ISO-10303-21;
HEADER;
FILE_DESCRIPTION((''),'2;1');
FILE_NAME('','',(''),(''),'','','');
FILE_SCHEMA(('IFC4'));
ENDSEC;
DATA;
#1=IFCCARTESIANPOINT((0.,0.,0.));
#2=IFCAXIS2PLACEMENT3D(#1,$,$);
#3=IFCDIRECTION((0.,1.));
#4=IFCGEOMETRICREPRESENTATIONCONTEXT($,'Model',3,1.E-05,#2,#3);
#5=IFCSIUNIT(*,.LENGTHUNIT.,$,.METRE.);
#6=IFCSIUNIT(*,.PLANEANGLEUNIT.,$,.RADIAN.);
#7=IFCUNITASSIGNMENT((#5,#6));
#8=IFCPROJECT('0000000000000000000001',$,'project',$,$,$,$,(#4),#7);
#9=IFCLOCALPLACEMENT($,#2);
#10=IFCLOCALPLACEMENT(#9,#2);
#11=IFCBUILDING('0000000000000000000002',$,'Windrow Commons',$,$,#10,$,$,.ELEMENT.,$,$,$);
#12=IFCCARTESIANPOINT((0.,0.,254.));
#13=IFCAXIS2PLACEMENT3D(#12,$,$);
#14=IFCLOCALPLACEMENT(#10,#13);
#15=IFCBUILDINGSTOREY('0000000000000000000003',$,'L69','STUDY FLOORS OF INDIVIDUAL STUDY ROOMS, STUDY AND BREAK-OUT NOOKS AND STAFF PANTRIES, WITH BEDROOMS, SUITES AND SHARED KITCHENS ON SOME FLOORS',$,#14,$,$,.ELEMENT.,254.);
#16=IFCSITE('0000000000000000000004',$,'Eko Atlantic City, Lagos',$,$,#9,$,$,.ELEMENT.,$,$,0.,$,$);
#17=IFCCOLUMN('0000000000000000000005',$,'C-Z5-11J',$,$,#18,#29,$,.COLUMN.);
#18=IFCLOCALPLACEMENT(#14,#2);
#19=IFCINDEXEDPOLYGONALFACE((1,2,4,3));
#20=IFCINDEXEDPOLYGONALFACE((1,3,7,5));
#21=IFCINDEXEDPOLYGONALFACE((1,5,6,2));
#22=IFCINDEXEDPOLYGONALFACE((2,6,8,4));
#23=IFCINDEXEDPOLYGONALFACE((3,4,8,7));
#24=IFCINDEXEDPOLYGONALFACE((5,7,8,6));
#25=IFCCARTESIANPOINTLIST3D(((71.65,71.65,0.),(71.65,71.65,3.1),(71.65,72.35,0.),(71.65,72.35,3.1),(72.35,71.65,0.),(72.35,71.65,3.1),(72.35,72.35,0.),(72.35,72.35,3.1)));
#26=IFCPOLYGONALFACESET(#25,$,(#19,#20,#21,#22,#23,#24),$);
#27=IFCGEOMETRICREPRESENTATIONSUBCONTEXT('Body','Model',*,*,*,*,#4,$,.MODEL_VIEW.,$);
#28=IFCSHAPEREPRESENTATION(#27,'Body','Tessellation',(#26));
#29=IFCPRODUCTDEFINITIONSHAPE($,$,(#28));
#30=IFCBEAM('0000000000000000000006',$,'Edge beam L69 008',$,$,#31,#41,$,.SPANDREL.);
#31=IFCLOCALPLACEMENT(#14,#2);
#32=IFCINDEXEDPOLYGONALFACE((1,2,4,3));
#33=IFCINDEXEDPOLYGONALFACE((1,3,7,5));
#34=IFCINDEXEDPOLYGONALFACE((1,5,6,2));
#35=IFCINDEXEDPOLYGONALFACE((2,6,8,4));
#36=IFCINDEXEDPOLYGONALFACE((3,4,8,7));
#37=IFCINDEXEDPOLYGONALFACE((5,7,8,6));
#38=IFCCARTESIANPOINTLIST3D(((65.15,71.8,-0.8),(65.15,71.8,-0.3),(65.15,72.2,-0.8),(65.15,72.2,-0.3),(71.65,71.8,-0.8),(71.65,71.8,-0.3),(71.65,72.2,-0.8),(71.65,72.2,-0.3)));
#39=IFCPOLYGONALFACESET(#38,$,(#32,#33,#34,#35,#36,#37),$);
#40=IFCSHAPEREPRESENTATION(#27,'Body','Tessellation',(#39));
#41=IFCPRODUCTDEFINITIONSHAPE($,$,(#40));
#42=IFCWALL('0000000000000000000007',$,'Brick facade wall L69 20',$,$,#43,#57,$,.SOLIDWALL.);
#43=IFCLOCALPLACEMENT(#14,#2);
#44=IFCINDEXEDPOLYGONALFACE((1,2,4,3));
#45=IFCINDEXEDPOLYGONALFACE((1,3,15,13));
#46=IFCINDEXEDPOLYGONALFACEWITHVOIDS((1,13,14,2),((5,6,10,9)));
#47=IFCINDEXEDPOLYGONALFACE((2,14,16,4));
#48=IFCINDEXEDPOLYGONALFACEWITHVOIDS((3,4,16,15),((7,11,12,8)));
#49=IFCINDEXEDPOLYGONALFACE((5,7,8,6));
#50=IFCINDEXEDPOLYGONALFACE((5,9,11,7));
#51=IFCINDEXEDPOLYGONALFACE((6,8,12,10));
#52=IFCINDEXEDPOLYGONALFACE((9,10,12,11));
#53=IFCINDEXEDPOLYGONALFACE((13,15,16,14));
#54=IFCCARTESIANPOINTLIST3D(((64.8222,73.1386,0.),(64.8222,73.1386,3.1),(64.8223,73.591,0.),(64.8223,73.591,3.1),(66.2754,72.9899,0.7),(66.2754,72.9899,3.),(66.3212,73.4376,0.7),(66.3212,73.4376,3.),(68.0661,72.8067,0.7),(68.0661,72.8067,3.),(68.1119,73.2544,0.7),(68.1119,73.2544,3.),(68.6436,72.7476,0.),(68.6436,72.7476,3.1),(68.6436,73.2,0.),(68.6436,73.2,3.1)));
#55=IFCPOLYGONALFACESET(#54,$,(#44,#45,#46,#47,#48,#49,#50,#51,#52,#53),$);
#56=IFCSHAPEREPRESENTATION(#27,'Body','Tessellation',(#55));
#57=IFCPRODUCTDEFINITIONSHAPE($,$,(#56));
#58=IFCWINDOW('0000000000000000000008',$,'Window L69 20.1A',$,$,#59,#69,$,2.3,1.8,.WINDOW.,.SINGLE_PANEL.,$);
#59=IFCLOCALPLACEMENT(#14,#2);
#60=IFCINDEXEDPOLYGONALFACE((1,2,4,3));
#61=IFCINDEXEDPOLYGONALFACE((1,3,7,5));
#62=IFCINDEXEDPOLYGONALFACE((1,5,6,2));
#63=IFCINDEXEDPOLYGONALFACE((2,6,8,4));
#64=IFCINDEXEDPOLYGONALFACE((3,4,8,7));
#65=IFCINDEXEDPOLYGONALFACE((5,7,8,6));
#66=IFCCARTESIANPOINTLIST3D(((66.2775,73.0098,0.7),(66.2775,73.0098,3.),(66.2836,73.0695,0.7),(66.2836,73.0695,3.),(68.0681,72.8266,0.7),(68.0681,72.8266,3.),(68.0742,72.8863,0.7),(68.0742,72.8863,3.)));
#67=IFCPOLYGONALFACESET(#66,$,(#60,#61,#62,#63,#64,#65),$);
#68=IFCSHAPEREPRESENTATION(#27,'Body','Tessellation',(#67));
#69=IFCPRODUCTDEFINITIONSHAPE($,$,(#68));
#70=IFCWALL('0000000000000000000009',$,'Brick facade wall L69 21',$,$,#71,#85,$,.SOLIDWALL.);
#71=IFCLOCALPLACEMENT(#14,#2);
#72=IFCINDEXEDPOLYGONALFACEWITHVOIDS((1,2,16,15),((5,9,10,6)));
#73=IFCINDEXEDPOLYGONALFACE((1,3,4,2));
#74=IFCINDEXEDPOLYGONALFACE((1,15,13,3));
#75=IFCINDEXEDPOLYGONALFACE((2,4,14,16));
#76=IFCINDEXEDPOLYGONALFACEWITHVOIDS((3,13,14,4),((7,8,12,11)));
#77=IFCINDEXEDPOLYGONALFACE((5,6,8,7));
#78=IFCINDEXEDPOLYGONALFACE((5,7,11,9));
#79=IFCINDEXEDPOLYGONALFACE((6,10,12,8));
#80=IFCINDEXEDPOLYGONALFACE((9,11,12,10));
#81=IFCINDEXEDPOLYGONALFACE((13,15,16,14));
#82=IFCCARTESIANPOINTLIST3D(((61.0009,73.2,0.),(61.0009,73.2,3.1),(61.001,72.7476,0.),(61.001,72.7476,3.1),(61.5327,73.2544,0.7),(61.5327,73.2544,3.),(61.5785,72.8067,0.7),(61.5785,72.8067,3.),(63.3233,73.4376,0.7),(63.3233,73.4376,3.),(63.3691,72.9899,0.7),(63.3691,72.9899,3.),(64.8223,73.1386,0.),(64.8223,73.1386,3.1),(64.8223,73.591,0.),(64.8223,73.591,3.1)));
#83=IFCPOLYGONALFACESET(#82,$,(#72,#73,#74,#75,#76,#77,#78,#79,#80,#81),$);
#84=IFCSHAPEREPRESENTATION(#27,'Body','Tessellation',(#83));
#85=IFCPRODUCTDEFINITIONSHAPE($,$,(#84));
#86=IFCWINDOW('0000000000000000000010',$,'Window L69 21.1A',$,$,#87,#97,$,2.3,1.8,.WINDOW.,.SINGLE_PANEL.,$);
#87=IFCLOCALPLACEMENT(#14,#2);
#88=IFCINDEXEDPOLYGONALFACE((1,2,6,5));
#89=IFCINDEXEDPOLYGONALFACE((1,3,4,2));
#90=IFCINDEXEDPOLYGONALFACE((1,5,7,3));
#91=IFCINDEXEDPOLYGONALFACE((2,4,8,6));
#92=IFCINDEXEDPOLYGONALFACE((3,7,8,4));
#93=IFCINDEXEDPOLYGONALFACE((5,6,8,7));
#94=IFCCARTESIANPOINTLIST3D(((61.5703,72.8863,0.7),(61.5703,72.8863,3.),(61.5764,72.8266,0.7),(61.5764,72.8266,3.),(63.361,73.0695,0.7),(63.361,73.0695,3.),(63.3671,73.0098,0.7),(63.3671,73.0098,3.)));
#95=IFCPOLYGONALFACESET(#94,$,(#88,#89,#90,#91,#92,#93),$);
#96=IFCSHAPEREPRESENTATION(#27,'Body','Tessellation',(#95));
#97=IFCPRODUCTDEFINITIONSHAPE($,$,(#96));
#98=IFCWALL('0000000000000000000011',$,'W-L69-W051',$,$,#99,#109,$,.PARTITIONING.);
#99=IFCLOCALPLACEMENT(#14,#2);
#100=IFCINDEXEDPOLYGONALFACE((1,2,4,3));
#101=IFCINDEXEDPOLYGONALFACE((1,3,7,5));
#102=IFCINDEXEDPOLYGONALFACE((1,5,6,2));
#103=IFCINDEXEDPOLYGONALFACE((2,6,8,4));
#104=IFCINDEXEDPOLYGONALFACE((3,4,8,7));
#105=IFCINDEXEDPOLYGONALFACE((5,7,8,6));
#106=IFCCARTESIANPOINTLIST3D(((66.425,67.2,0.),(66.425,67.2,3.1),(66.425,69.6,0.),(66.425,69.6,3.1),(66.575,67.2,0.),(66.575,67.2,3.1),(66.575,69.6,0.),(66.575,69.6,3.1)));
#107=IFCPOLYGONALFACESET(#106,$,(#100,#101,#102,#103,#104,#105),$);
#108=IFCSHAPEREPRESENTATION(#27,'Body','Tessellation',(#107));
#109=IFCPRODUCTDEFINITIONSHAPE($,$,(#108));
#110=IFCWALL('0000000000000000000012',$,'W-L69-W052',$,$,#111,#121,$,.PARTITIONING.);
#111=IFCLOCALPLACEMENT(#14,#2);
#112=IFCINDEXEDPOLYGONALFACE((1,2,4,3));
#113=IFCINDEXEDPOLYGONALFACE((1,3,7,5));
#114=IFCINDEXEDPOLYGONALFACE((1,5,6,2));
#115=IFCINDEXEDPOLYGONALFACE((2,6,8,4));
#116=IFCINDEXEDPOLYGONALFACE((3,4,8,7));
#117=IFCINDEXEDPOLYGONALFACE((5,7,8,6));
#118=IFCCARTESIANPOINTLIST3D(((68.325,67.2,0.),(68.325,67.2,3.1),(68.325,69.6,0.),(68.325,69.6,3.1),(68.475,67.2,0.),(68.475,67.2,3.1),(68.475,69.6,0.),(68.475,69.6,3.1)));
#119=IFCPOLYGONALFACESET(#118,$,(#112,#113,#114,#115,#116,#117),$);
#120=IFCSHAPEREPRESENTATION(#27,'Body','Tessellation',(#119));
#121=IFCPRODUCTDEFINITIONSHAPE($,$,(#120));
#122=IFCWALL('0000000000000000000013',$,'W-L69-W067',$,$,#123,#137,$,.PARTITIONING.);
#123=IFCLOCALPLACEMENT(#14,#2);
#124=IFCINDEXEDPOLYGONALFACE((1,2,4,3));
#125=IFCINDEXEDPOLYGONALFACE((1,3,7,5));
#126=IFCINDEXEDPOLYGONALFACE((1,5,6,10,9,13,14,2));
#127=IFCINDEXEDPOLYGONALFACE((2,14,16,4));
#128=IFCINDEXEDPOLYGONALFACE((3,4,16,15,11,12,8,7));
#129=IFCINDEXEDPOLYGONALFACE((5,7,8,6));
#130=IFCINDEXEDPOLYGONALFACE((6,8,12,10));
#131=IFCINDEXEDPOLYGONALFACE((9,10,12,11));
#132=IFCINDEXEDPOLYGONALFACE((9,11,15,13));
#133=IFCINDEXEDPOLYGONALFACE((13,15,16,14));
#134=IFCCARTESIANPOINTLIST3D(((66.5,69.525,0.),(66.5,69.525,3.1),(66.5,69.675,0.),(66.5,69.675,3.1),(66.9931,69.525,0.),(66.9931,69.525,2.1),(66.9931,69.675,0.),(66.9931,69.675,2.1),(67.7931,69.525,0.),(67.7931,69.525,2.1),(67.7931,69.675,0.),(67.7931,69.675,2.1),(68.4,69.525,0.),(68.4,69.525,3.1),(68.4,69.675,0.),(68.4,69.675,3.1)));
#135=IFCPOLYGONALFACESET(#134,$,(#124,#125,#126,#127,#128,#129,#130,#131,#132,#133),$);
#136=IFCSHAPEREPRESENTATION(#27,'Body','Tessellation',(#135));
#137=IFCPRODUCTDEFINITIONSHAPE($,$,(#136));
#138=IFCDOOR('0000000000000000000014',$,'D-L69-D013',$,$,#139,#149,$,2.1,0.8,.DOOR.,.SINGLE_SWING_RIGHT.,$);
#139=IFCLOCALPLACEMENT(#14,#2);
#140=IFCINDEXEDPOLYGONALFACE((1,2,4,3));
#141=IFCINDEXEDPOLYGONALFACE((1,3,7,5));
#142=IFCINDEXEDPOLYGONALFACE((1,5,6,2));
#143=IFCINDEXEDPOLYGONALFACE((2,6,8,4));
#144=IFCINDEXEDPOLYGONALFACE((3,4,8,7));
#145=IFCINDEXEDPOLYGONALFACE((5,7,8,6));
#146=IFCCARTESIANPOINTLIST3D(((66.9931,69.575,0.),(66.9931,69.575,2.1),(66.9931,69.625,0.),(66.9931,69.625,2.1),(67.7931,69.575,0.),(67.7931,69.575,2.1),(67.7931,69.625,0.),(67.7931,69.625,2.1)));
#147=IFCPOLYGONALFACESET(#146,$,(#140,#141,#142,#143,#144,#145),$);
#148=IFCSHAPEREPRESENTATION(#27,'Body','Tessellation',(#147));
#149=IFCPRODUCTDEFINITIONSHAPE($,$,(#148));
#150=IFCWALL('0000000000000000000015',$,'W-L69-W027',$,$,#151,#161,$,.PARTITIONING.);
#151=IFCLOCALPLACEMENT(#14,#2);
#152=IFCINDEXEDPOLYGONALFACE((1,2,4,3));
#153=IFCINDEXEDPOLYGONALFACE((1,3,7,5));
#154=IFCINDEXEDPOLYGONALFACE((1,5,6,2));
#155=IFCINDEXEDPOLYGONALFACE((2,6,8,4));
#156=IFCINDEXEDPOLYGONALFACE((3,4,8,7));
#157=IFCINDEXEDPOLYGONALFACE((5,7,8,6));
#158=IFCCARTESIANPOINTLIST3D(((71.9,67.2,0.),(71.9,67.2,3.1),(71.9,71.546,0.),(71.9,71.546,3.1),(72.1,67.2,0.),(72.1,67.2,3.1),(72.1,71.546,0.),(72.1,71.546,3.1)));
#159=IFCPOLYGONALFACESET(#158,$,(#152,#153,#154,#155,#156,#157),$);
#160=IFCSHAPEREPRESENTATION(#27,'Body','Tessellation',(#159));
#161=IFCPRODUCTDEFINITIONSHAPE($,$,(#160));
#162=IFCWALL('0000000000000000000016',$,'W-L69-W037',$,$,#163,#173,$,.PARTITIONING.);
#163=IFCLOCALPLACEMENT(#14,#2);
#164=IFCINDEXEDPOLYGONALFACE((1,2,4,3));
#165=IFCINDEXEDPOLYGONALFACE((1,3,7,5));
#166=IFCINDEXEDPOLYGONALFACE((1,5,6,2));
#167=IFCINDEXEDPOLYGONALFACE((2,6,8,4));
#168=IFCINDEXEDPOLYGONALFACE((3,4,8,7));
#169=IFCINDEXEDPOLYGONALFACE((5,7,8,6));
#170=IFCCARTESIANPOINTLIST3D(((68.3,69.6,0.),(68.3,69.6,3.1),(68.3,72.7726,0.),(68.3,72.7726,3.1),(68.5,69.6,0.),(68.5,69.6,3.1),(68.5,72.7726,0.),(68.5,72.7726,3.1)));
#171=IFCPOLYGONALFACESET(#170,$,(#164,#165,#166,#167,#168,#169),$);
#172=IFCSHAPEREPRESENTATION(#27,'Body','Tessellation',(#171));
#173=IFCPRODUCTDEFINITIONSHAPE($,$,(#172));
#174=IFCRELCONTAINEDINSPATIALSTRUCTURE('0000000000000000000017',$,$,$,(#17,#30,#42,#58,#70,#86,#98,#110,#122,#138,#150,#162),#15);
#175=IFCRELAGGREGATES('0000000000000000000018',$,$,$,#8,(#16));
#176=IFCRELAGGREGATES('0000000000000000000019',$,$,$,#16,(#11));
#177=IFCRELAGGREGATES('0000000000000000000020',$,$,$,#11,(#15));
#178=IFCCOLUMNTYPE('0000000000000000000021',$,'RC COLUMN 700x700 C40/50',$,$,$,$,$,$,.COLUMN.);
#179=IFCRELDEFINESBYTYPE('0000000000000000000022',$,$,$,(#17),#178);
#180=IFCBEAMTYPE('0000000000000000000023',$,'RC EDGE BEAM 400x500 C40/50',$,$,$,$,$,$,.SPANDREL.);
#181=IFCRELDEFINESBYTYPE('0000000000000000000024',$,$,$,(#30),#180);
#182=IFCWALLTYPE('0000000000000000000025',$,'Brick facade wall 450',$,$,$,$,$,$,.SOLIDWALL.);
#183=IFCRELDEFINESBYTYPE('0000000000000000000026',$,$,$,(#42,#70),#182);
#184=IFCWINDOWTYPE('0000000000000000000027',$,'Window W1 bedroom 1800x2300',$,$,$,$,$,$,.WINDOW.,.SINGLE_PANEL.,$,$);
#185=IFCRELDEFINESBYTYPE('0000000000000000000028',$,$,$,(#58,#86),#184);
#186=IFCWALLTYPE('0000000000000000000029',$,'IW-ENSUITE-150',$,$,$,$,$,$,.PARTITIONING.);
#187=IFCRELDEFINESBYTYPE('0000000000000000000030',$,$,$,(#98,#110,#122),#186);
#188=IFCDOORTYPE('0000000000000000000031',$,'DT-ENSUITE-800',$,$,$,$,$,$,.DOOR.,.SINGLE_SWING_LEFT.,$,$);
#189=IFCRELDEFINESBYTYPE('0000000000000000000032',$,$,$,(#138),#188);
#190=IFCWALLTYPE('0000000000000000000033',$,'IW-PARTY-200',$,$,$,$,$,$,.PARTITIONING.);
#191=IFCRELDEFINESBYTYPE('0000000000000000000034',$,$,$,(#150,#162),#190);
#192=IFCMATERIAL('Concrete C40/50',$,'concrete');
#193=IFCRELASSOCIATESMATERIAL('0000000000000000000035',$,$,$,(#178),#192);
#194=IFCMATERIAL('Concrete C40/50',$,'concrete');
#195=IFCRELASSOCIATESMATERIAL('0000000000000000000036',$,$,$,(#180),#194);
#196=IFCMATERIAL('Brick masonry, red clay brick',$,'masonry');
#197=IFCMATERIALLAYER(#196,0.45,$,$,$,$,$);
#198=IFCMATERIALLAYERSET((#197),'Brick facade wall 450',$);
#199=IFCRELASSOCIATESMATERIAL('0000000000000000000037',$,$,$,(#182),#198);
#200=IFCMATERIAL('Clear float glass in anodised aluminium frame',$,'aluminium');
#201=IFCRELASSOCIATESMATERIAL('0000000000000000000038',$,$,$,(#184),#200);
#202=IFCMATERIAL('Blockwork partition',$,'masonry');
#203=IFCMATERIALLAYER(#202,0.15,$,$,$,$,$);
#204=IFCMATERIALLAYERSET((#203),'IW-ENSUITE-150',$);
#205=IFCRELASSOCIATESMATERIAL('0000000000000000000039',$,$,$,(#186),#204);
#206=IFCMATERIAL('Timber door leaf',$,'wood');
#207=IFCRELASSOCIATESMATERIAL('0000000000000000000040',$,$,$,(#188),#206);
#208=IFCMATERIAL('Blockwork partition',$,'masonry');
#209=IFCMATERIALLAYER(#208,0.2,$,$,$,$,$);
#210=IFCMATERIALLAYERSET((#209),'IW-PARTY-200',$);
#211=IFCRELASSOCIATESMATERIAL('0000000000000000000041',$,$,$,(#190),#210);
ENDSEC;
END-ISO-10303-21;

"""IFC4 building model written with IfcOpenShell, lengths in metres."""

from ifc_helpers import new_model, si_unit, direction, frame, frame_2d, origin, origin_2d, place, context, subcontext, project, spatial, polyline, rectangle, outline, extrude, material, layer, layer_set, material_profile, profile_set, type_object, element, fill, save


model = new_model("IFC4")

# Units and contexts
model_context = context("Model", 3, precision=1e-05, world=origin(), true_north=direction((0.0, 1.0)))
body_context = subcontext(model_context, "Body", "Model", "MODEL_VIEW")
ifc_project = project(units=[si_unit("LENGTHUNIT", "METRE"), si_unit("PLANEANGLEUNIT", "RADIAN")], contexts=[model_context])

# Site, building, storey
site_placement = place(None, origin())
site = spatial("IfcSite", under=ifc_project, at=site_placement, Name="Eko Atlantic City, Lagos", CompositionType="ELEMENT", RefElevation=0.0)
building_placement = place(site_placement, origin())
building = spatial("IfcBuilding", under=site, at=building_placement, Name="Windrow Commons", CompositionType="ELEMENT")
storey_placement = place(building_placement, frame((0.0, 0.0, 254.0)))
storey = spatial("IfcBuildingStorey", under=building, at=storey_placement, Name="L69", Description="STUDY FLOORS OF INDIVIDUAL STUDY ROOMS, STUDY AND BREAK-OUT NOOKS AND STAFF PANTRIES, WITH BEDROOMS, SUITES AND SHARED KITCHENS ON SOME FLOORS", CompositionType="ELEMENT", Elevation=254.0)

# Column
ifc_material_1 = material(Name="Concrete C40/50", Category="concrete")
ifc_material_profile_1 = material_profile(ifc_material_1, rectangle(XDim=0.7, YDim=0.7, at=origin_2d()))
ifc_profile_set_1 = profile_set([ifc_material_profile_1], Name="Concrete C40/50")
column_type = type_object("IfcColumnType", Name="RC COLUMN 700x700 C40/50", PredefinedType="COLUMN", material=ifc_profile_set_1)
column_placement = place(storey_placement, frame((72.0, 72.0, 0.0), z_axis=(0.0, 0.0, 1.0), x_axis=(1.0, 0.0, 0.0)))
element("IfcColumn", 1, at=column_placement, inside=storey, type_object=column_type, Name="C-Z5-11J", PredefinedType="COLUMN", context=body_context, shape_type="SweptSolid", body=[
    extrude(rectangle(XDim=0.7, YDim=0.7, at=origin_2d()), origin(), (0.0, 0.0, 1.0), 3.1),
])

# Beam
ifc_material_2 = material(Name="Concrete C40/50", Category="concrete")
ifc_material_profile_2 = material_profile(ifc_material_2, rectangle(XDim=0.4, YDim=0.5, at=origin_2d()))
ifc_profile_set_2 = profile_set([ifc_material_profile_2], Name="Concrete C40/50")
beam_type = type_object("IfcBeamType", Name="RC EDGE BEAM 400x500 C40/50", PredefinedType="SPANDREL", material=ifc_profile_set_2)
beam_placement = place(storey_placement, frame((65.15, 72.0, -0.55), z_axis=(1.0, 0.0, 0.0), x_axis=(0.0, 1.0, 0.0)))
element("IfcBeam", 2, at=beam_placement, inside=storey, type_object=beam_type, Name="Edge beam L69 008", PredefinedType="SPANDREL", context=body_context, shape_type="SweptSolid", body=[
    extrude(rectangle(XDim=0.4, YDim=0.5, at=origin_2d()), origin(), (0.0, 0.0, 1.0), 6.5),
])

# Walls, openings, windows
ifc_material_3 = material(Name="Brick masonry, red clay brick", Category="masonry")
ifc_layer_1 = layer(ifc_material_3, 0.45)
ifc_layer_set_1 = layer_set([ifc_layer_1], Name="Brick facade wall 450")
wall_type_1 = type_object("IfcWallType", Name="Brick facade wall 450", PredefinedType="SOLIDWALL", material=ifc_layer_set_1)
wall_1_placement = place(storey_placement, frame((68.6436, 72.9738, 0.0), z_axis=(0.0, 0.0, 1.0), x_axis=(-0.994806, 0.10179, 0.0)))
wall_1 = element("IfcWall", 3, at=wall_1_placement, inside=storey, type_object=wall_type_1, Name="Brick facade wall L69 20", PredefinedType="SOLIDWALL", context=body_context, shape_type="SweptSolid", body=[
    extrude(outline(polyline([(0.023, -0.225), (3.8643, -0.225), (3.8183, 0.225), (-0.023, 0.225), (0.023, -0.225)])), origin(), (0.0, 0.0, 1.0), 3.1),
])
opening_1_placement = place(wall_1_placement, frame((0.5575, 0.0, 0.7)))
opening_1 = element("IfcOpeningElement", 4, at=opening_1_placement, cuts=wall_1, PredefinedType="OPENING", context=body_context, shape_type="SweptSolid", body=[
    extrude(rectangle(XDim=1.8, YDim=2.3, at=frame_2d((0.9, 1.15))), frame((0.0, 0.235, 0.0), z_axis=(0.0, -1.0, 0.0), x_axis=(1.0, 0.0, 0.0)), (0.0, 0.0, 1.0), 0.47),
])
ifc_material_4 = material(Name="Clear float glass in anodised aluminium frame", Category="aluminium")
window_type = type_object("IfcWindowType", Name="Window W1 bedroom 1800x2300", PartitioningType="SINGLE_PANEL", PredefinedType="WINDOW", material=ifc_material_4)
window_1_placement = place(opening_1_placement, origin())
window_1 = element("IfcWindow", 5, at=window_1_placement, inside=storey, type_object=window_type, Name="Window L69 20.1A", OverallHeight=2.3, OverallWidth=1.8, PartitioningType="SINGLE_PANEL", PredefinedType="WINDOW", context=body_context, shape_type="SweptSolid", body=[
    extrude(rectangle(XDim=1.8, YDim=2.3, at=frame_2d((0.9, 1.15))), frame((0.0, 0.205, 0.0), z_axis=(0.0, -1.0, 0.0), x_axis=(1.0, 0.0, 0.0)), (0.0, 0.0, 1.0), 0.06),
])
fill(opening_1, window_1)
wall_2_placement = place(storey_placement, frame((64.8223, 73.3648, 0.0), z_axis=(0.0, 0.0, 1.0), x_axis=(-0.994806, -0.101787, 0.0)))
wall_2 = element("IfcWall", 6, at=wall_2_placement, inside=storey, type_object=wall_type_1, Name="Brick facade wall L69 21", PredefinedType="SOLIDWALL", context=body_context, shape_type="SweptSolid", body=[
    extrude(outline(polyline([(-0.023, -0.225), (3.8183, -0.225), (3.8643, 0.225), (0.023, 0.225), (-0.023, -0.225)])), origin(), (0.0, 0.0, 1.0), 3.1),
])
opening_2_placement = place(wall_2_placement, frame((1.4838, 0.0, 0.7)))
opening_2 = element("IfcOpeningElement", 7, at=opening_2_placement, cuts=wall_2, PredefinedType="OPENING", context=body_context, shape_type="SweptSolid", body=[
    extrude(rectangle(XDim=1.8, YDim=2.3, at=frame_2d((0.9, 1.15))), frame((0.0, 0.235, 0.0), z_axis=(0.0, -1.0, 0.0), x_axis=(1.0, 0.0, 0.0)), (0.0, 0.0, 1.0), 0.47),
])
window_2_placement = place(opening_2_placement, origin())
window_2 = element("IfcWindow", 8, at=window_2_placement, inside=storey, type_object=window_type, Name="Window L69 21.1A", OverallHeight=2.3, OverallWidth=1.8, PartitioningType="SINGLE_PANEL", PredefinedType="WINDOW", context=body_context, shape_type="SweptSolid", body=[
    extrude(rectangle(XDim=1.8, YDim=2.3, at=frame_2d((0.9, 1.15))), frame((0.0, 0.205, 0.0), z_axis=(0.0, -1.0, 0.0), x_axis=(1.0, 0.0, 0.0)), (0.0, 0.0, 1.0), 0.06),
])
fill(opening_2, window_2)

# Walls
ifc_material_5 = material(Name="Blockwork partition", Category="masonry")
ifc_layer_2 = layer(ifc_material_5, 0.15)
ifc_layer_set_2 = layer_set([ifc_layer_2], Name="IW-ENSUITE-150")
wall_type_2 = type_object("IfcWallType", Name="IW-ENSUITE-150", PredefinedType="PARTITIONING", material=ifc_layer_set_2)
for number, where, z_axis, x_axis, name in (
    (9, (66.5, 67.2, 0.0), (0.0, 0.0, 1.0), (0.0, 1.0, 0.0), "W-L69-W051"),
    (10, (68.4, 67.2, 0.0), (0.0, 0.0, 1.0), (0.0, 1.0, 0.0), "W-L69-W052"),
):
    element("IfcWall", number, at=place(storey_placement, frame(where, z_axis=z_axis, x_axis=x_axis)), inside=storey, type_object=wall_type_2, Name=name, PredefinedType="PARTITIONING", context=body_context, shape_type="SweptSolid", body=[
        extrude(rectangle(XDim=2.4, YDim=0.15, at=frame_2d((1.2, 0.0))), origin(), (0.0, 0.0, 1.0), 3.1),
    ])

# Wall, opening, door
wall_3_placement = place(storey_placement, frame((66.5, 69.6, 0.0), z_axis=(0.0, 0.0, 1.0), x_axis=(1.0, 0.0, 0.0)))
wall_3 = element("IfcWall", 11, at=wall_3_placement, inside=storey, type_object=wall_type_2, Name="W-L69-W067", PredefinedType="PARTITIONING", context=body_context, shape_type="SweptSolid", body=[
    extrude(rectangle(XDim=1.9, YDim=0.15, at=frame_2d((0.95, 0.0))), origin(), (0.0, 0.0, 1.0), 3.1),
])
opening_3_placement = place(wall_3_placement, frame((0.4931, 0.0, 0.0)))
opening_3 = element("IfcOpeningElement", 12, at=opening_3_placement, cuts=wall_3, PredefinedType="OPENING", context=body_context, shape_type="SweptSolid", body=[
    extrude(rectangle(XDim=0.8, YDim=2.1, at=frame_2d((0.4, 1.05))), frame((0.0, 0.085, 0.0), z_axis=(0.0, -1.0, 0.0), x_axis=(1.0, 0.0, 0.0)), (0.0, 0.0, 1.0), 0.17),
])
ifc_material_6 = material(Name="Timber door leaf", Category="wood")
door_type = type_object("IfcDoorType", Name="DT-ENSUITE-800", OperationType="SINGLE_SWING_LEFT", PredefinedType="DOOR", material=ifc_material_6)
door_placement = place(opening_3_placement, origin())
door = element("IfcDoor", 13, at=door_placement, inside=storey, type_object=door_type, Name="D-L69-D013", OperationType="SINGLE_SWING_RIGHT", OverallHeight=2.1, OverallWidth=0.8, PredefinedType="DOOR", context=body_context, shape_type="SweptSolid", body=[
    extrude(rectangle(XDim=0.8, YDim=2.1, at=frame_2d((0.4, 1.05))), frame((0.0, 0.025, 0.0), z_axis=(0.0, -1.0, 0.0), x_axis=(1.0, 0.0, 0.0)), (0.0, 0.0, 1.0), 0.05),
])
fill(opening_3, door)

# Walls
ifc_material_7 = material(Name="Blockwork partition", Category="masonry")
ifc_layer_3 = layer(ifc_material_7, 0.2)
ifc_layer_set_3 = layer_set([ifc_layer_3], Name="IW-PARTY-200")
wall_type_3 = type_object("IfcWallType", Name="IW-PARTY-200", PredefinedType="PARTITIONING", material=ifc_layer_set_3)
wall_4_placement = place(storey_placement, frame((72.0, 67.2, 0.0), z_axis=(0.0, 0.0, 1.0), x_axis=(0.0, 1.0, 0.0)))
element("IfcWall", 14, at=wall_4_placement, inside=storey, type_object=wall_type_3, Name="W-L69-W027", PredefinedType="PARTITIONING", context=body_context, shape_type="SweptSolid", body=[
    extrude(rectangle(XDim=4.346, YDim=0.2, at=frame_2d((2.173, 0.0))), origin(), (0.0, 0.0, 1.0), 3.1),
])
wall_5_placement = place(storey_placement, frame((68.4, 69.6, 0.0), z_axis=(0.0, 0.0, 1.0), x_axis=(0.0, 1.0, 0.0)))
element("IfcWall", 15, at=wall_5_placement, inside=storey, type_object=wall_type_3, Name="W-L69-W037", PredefinedType="PARTITIONING", context=body_context, shape_type="SweptSolid", body=[
    extrude(rectangle(XDim=3.1726, YDim=0.2, at=frame_2d((1.5863, 0.0))), origin(), (0.0, 0.0, 1.0), 3.1),
])

save(model, "model.ifc")
